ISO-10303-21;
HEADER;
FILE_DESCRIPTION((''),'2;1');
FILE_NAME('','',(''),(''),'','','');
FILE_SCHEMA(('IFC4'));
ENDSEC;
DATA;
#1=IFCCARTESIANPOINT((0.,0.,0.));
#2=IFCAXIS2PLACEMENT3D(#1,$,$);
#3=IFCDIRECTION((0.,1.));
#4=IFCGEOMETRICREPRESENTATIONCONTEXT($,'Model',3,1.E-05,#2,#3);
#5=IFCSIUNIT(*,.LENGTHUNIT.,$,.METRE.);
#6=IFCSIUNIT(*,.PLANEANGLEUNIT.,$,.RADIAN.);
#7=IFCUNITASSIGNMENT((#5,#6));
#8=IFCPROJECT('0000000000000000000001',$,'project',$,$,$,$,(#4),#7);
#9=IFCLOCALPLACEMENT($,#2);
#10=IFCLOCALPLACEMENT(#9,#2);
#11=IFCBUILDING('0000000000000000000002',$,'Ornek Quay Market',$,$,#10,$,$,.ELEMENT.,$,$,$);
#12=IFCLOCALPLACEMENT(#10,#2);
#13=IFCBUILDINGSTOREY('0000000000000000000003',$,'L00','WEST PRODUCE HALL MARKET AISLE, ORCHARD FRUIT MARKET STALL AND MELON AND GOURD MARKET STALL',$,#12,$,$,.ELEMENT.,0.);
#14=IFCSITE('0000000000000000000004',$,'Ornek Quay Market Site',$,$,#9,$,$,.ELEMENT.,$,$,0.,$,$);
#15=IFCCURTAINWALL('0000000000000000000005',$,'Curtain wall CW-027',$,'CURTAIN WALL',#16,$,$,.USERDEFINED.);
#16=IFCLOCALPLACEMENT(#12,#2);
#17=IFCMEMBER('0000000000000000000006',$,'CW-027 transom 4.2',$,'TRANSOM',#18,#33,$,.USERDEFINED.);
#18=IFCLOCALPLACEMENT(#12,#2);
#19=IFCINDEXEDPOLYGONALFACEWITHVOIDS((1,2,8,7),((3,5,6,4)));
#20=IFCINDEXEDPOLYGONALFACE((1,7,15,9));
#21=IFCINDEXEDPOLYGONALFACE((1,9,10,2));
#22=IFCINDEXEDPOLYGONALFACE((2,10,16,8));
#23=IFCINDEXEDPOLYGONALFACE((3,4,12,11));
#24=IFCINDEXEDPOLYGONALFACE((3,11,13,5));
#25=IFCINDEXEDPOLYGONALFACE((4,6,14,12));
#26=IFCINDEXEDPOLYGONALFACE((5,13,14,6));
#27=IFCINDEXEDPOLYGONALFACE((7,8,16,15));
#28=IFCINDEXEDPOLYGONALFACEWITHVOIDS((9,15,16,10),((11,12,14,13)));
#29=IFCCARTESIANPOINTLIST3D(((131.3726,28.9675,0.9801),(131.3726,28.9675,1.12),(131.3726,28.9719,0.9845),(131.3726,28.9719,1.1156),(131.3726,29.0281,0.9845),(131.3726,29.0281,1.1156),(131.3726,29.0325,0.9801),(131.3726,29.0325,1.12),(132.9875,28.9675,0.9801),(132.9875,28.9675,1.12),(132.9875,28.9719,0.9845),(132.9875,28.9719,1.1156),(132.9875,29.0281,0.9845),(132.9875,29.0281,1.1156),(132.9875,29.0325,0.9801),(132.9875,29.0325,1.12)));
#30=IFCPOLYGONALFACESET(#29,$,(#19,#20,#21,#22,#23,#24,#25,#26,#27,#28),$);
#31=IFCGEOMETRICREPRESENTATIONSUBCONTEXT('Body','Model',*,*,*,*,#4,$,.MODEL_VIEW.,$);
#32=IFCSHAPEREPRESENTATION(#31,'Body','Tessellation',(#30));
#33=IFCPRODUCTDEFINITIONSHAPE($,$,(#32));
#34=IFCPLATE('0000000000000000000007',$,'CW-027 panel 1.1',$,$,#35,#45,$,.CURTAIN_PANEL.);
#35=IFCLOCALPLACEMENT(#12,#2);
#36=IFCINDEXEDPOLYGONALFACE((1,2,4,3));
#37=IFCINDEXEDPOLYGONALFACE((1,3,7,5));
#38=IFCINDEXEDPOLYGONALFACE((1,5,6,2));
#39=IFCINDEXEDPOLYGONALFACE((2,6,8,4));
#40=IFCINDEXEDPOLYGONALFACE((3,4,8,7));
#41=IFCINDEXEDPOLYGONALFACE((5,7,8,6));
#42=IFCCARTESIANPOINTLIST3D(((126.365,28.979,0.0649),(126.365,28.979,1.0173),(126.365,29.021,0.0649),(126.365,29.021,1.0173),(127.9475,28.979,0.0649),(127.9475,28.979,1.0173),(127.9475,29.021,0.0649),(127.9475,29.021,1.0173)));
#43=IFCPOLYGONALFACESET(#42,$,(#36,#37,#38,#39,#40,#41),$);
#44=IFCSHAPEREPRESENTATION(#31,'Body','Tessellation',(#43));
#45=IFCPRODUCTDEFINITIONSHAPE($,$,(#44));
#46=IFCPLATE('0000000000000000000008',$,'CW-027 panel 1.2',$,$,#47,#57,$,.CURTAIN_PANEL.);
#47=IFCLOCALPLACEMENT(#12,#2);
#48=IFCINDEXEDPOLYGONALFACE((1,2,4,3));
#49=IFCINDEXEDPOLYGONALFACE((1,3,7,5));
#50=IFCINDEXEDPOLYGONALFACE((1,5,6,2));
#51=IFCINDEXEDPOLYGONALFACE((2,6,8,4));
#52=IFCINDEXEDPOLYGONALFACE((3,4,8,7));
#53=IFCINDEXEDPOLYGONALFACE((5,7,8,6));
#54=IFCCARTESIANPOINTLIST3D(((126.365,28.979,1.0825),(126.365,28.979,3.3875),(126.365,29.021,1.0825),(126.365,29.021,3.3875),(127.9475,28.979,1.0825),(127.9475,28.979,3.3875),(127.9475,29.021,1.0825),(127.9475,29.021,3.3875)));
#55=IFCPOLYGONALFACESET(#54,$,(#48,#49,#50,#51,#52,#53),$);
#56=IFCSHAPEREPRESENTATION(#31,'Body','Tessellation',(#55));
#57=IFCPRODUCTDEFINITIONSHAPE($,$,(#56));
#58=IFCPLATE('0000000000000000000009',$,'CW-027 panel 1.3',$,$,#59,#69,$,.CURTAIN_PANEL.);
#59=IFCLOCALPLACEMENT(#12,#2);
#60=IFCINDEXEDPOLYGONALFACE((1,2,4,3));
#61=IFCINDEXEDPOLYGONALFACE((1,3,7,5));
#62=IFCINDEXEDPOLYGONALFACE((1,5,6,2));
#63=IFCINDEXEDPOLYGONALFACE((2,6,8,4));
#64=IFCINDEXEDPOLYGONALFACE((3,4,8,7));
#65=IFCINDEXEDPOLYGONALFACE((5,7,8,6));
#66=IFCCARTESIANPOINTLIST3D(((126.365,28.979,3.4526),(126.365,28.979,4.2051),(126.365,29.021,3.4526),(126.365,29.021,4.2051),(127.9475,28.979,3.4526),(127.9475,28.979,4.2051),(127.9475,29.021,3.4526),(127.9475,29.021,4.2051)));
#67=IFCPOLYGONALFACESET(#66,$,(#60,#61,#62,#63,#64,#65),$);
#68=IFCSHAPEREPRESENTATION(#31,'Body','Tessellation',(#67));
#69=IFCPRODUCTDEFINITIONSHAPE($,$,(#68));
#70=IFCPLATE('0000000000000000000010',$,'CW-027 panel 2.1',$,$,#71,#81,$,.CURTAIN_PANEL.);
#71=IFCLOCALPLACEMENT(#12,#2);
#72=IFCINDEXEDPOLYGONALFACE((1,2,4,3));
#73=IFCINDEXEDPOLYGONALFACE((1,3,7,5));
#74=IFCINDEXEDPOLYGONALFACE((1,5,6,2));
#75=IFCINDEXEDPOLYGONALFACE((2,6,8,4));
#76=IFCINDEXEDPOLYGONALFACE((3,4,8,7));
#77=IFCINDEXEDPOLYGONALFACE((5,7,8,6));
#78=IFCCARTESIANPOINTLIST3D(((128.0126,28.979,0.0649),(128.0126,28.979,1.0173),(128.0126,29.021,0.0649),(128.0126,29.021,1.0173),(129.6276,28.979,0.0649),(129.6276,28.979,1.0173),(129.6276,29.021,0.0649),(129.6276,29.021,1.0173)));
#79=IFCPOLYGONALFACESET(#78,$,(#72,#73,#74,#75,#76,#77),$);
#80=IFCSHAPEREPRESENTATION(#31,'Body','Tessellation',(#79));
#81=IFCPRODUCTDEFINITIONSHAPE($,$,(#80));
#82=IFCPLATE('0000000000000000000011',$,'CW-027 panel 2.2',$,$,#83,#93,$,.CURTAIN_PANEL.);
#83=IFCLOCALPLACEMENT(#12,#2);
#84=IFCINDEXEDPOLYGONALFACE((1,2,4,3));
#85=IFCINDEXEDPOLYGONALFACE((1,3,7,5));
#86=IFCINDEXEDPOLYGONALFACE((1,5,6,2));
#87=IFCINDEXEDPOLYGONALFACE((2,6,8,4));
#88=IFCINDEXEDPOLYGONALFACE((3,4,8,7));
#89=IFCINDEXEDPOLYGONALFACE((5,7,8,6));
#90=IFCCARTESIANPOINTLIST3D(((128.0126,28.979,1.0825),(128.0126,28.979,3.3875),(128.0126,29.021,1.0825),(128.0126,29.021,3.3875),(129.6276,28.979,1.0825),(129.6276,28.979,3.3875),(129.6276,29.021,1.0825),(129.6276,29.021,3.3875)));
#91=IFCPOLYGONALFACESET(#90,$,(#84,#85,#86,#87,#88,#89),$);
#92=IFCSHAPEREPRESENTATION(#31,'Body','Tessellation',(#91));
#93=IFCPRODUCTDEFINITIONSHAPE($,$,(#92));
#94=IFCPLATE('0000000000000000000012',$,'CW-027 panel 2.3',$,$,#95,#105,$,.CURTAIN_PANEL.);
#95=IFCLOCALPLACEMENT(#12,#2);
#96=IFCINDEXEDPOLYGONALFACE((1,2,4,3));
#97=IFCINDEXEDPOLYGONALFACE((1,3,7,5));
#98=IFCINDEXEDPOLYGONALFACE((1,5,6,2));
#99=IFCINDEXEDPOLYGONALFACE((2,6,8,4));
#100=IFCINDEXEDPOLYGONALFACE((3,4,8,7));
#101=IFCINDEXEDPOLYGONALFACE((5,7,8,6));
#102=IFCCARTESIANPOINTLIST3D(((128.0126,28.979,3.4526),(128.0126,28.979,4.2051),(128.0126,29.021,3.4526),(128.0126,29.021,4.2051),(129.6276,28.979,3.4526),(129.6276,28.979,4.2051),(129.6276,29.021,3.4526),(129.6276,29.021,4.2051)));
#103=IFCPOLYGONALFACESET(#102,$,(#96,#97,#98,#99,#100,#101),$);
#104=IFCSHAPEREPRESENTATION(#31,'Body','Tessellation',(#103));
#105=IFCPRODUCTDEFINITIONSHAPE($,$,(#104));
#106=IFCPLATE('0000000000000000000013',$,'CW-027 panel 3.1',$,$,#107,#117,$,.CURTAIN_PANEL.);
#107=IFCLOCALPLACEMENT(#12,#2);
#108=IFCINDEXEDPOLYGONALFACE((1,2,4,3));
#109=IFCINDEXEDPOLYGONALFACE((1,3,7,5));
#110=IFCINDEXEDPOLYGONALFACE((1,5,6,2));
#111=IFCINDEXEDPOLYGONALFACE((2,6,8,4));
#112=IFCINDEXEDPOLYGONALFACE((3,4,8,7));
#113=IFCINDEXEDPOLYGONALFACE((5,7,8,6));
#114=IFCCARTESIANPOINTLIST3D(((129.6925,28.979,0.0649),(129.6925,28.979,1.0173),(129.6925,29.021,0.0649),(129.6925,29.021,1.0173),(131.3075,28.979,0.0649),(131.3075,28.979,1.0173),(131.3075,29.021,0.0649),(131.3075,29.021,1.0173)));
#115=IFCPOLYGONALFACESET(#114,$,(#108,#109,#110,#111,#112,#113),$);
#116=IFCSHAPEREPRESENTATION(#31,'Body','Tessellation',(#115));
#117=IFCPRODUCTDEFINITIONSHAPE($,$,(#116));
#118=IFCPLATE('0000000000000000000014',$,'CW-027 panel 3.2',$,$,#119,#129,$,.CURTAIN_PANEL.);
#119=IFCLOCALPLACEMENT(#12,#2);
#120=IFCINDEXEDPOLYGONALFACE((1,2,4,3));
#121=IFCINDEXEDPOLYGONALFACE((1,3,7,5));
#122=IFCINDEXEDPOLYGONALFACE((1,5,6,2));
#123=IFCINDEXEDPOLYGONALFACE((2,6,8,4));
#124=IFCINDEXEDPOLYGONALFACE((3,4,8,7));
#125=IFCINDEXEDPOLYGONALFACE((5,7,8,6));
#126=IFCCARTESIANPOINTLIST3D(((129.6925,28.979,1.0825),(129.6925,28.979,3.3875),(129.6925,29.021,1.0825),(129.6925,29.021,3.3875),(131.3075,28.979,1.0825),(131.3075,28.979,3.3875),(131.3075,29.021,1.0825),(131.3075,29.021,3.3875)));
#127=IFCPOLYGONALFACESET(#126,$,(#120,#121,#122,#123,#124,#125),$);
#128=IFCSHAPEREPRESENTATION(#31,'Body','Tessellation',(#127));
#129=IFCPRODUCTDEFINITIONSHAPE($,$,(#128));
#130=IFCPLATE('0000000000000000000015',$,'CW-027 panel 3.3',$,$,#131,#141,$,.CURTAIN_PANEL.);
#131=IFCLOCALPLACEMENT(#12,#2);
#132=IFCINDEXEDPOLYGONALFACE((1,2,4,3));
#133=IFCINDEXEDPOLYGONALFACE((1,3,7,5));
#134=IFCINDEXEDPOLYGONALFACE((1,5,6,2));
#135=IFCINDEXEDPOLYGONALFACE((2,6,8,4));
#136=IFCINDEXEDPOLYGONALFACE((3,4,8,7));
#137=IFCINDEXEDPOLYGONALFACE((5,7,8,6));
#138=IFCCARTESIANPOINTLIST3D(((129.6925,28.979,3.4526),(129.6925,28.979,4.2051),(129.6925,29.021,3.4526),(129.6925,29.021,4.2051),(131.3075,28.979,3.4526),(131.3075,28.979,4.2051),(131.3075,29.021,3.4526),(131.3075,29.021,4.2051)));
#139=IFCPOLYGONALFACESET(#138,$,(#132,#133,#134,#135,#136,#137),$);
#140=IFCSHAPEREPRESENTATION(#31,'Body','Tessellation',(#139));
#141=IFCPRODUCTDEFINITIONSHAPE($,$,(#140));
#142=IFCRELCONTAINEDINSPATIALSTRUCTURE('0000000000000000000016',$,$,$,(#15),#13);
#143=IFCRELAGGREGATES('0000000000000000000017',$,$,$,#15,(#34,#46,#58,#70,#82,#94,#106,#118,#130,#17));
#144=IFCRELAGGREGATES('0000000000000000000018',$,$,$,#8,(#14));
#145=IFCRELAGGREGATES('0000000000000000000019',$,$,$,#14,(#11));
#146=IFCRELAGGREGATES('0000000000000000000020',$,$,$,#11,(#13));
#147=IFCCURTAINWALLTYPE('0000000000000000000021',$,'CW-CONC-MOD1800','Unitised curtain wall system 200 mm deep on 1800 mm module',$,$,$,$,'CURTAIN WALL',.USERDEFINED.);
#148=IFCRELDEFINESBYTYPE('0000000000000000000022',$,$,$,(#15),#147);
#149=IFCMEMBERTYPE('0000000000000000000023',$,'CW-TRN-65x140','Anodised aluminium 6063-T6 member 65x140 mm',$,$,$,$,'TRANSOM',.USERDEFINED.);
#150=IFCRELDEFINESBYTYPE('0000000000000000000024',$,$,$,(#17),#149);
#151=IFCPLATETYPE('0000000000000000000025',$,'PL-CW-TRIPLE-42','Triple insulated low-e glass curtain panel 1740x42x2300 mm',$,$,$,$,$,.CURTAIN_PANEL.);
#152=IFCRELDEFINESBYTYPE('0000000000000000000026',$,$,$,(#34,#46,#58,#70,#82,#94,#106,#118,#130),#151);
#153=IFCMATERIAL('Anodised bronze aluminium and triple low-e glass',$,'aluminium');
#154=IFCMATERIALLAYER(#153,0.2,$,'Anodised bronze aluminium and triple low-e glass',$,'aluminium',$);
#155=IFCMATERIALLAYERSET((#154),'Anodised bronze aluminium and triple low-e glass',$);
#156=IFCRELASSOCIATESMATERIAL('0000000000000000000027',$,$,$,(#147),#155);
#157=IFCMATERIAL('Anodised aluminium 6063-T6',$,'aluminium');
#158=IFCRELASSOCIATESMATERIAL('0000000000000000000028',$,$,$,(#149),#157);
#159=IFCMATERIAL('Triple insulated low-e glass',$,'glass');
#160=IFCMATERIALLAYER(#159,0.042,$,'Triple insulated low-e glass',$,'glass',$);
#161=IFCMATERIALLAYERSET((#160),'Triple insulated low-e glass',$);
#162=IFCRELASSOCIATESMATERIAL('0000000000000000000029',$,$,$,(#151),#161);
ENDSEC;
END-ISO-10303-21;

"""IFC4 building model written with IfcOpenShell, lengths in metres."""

from ifc_helpers import new_model, si_unit, direction, frame, origin, origin_2d, place, context, subcontext, project, spatial, rectangle, hollow_rectangle, extrude, material, layer, layer_set, material_profile, profile_set, type_object, element, aggregate, save


model = new_model("IFC4")

# Units and contexts
model_context = context("Model", 3, precision=1e-05, world=origin(), true_north=direction((0.0, 1.0)))
body_context = subcontext(model_context, "Body", "Model", "MODEL_VIEW")
ifc_project = project(units=[si_unit("LENGTHUNIT", "METRE"), si_unit("PLANEANGLEUNIT", "RADIAN")], contexts=[model_context])

# Site, building, storey
site_placement = place(None, origin())
site = spatial("IfcSite", under=ifc_project, at=site_placement, Name="Ornek Quay Market Site", CompositionType="ELEMENT", RefElevation=0.0)
building_placement = place(site_placement, origin())
building = spatial("IfcBuilding", under=site, at=building_placement, Name="Ornek Quay Market", CompositionType="ELEMENT")
storey_placement = place(building_placement, origin())
storey = spatial("IfcBuildingStorey", under=building, at=storey_placement, Name="L00", Description="WEST PRODUCE HALL MARKET AISLE, ORCHARD FRUIT MARKET STALL AND MELON AND GOURD MARKET STALL", CompositionType="ELEMENT", Elevation=0.0)

# Curtain wall, member, plates
ifc_material_1 = material(Name="Anodised bronze aluminium and triple low-e glass", Category="aluminium")
ifc_layer_1 = layer(ifc_material_1, 0.2, Name="Anodised bronze aluminium and triple low-e glass", Category="aluminium")
ifc_layer_set_1 = layer_set([ifc_layer_1], Name="Anodised bronze aluminium and triple low-e glass")
curtain_wall_type = type_object("IfcCurtainWallType", Name="CW-CONC-MOD1800", Description="Unitised curtain wall system 200 mm deep on 1800 mm module", ElementType="CURTAIN WALL", PredefinedType="USERDEFINED", material=ifc_layer_set_1)
curtain_wall_placement = place(storey_placement, origin())
curtain_wall = element("IfcCurtainWall", 1, at=curtain_wall_placement, inside=storey, type_object=curtain_wall_type, Name="Curtain wall CW-027", ObjectType="CURTAIN WALL", PredefinedType="USERDEFINED")
ifc_material_2 = material(Name="Anodised aluminium 6063-T6", Category="aluminium")
ifc_material_profile_1 = material_profile(ifc_material_2, hollow_rectangle(XDim=0.0649, YDim=0.1399, WallThickness=0.0044, at=origin_2d()), Name="CW-TRN-65x140", Category="aluminium")
ifc_profile_set_1 = profile_set([ifc_material_profile_1], Name="Anodised aluminium 6063-T6")
member_type_1 = type_object("IfcMemberType", Name="CW-TRN-65x140", Description="Anodised aluminium 6063-T6 member 65x140 mm", ElementType="TRANSOM", PredefinedType="USERDEFINED", material=ifc_profile_set_1)
member_1_placement = place(storey_placement, frame((131.3726, 29.0, 1.05), z_axis=(1.0, 0.0, 0.0), x_axis=(0.0, 1.0, 0.0)))
member_1 = element("IfcMember", 2, at=member_1_placement, type_object=member_type_1, Name="CW-027 transom 4.2", ObjectType="TRANSOM", PredefinedType="USERDEFINED", context=body_context, shape_type="SweptSolid", body=[
    extrude(hollow_rectangle(XDim=0.0649, YDim=0.1399, WallThickness=0.0044, at=origin_2d()), origin(), (0.0, 0.0, 1.0), 1.615),
])
ifc_material_3 = material(Name="Triple insulated low-e glass", Category="glass")
ifc_layer_2 = layer(ifc_material_3, 0.042, Name="Triple insulated low-e glass", Category="glass")
ifc_layer_set_2 = layer_set([ifc_layer_2], Name="Triple insulated low-e glass")
plate_type = type_object("IfcPlateType", Name="PL-CW-TRIPLE-42", Description="Triple insulated low-e glass curtain panel 1740x42x2300 mm", PredefinedType="CURTAIN_PANEL", material=ifc_layer_set_2)
plate_1_placement = place(storey_placement, frame((127.1562, 29.0, 0.0649), z_axis=(0.0, 0.0, 1.0), x_axis=(1.0, 0.0, 0.0)))
plate_1 = element("IfcPlate", 3, at=plate_1_placement, type_object=plate_type, Name="CW-027 panel 1.1", PredefinedType="CURTAIN_PANEL", context=body_context, shape_type="SweptSolid", body=[
    extrude(rectangle(XDim=1.5825, YDim=0.042, at=origin_2d()), origin(), (0.0, 0.0, 1.0), 0.9524),
])
plate_2_placement = place(storey_placement, frame((127.1562, 29.0, 1.0825), z_axis=(0.0, 0.0, 1.0), x_axis=(1.0, 0.0, 0.0)))
plate_2 = element("IfcPlate", 4, at=plate_2_placement, type_object=plate_type, Name="CW-027 panel 1.2", PredefinedType="CURTAIN_PANEL", context=body_context, shape_type="SweptSolid", body=[
    extrude(rectangle(XDim=1.5825, YDim=0.042, at=origin_2d()), origin(), (0.0, 0.0, 1.0), 2.3049),
])
plate_3_placement = place(storey_placement, frame((127.1562, 29.0, 3.4526), z_axis=(0.0, 0.0, 1.0), x_axis=(1.0, 0.0, 0.0)))
plate_3 = element("IfcPlate", 5, at=plate_3_placement, type_object=plate_type, Name="CW-027 panel 1.3", PredefinedType="CURTAIN_PANEL", context=body_context, shape_type="SweptSolid", body=[
    extrude(rectangle(XDim=1.5825, YDim=0.042, at=origin_2d()), origin(), (0.0, 0.0, 1.0), 0.7524),
])
plate_4_placement = place(storey_placement, frame((128.8201, 29.0, 0.0649), z_axis=(0.0, 0.0, 1.0), x_axis=(1.0, 0.0, 0.0)))
plate_4 = element("IfcPlate", 6, at=plate_4_placement, type_object=plate_type, Name="CW-027 panel 2.1", PredefinedType="CURTAIN_PANEL", context=body_context, shape_type="SweptSolid", body=[
    extrude(rectangle(XDim=1.615, YDim=0.042, at=origin_2d()), origin(), (0.0, 0.0, 1.0), 0.9524),
])
plate_5_placement = place(storey_placement, frame((128.8201, 29.0, 1.0825), z_axis=(0.0, 0.0, 1.0), x_axis=(1.0, 0.0, 0.0)))
plate_5 = element("IfcPlate", 7, at=plate_5_placement, type_object=plate_type, Name="CW-027 panel 2.2", PredefinedType="CURTAIN_PANEL", context=body_context, shape_type="SweptSolid", body=[
    extrude(rectangle(XDim=1.615, YDim=0.042, at=origin_2d()), origin(), (0.0, 0.0, 1.0), 2.3049),
])
plate_6_placement = place(storey_placement, frame((128.8201, 29.0, 3.4526), z_axis=(0.0, 0.0, 1.0), x_axis=(1.0, 0.0, 0.0)))
plate_6 = element("IfcPlate", 8, at=plate_6_placement, type_object=plate_type, Name="CW-027 panel 2.3", PredefinedType="CURTAIN_PANEL", context=body_context, shape_type="SweptSolid", body=[
    extrude(rectangle(XDim=1.615, YDim=0.042, at=origin_2d()), origin(), (0.0, 0.0, 1.0), 0.7524),
])
plate_7_placement = place(storey_placement, frame((130.5, 29.0, 0.0649), z_axis=(0.0, 0.0, 1.0), x_axis=(1.0, 0.0, 0.0)))
plate_7 = element("IfcPlate", 9, at=plate_7_placement, type_object=plate_type, Name="CW-027 panel 3.1", PredefinedType="CURTAIN_PANEL", context=body_context, shape_type="SweptSolid", body=[
    extrude(rectangle(XDim=1.615, YDim=0.042, at=origin_2d()), origin(), (0.0, 0.0, 1.0), 0.9524),
])
plate_8_placement = place(storey_placement, frame((130.5, 29.0, 1.0825), z_axis=(0.0, 0.0, 1.0), x_axis=(1.0, 0.0, 0.0)))
plate_8 = element("IfcPlate", 10, at=plate_8_placement, type_object=plate_type, Name="CW-027 panel 3.2", PredefinedType="CURTAIN_PANEL", context=body_context, shape_type="SweptSolid", body=[
    extrude(rectangle(XDim=1.615, YDim=0.042, at=origin_2d()), origin(), (0.0, 0.0, 1.0), 2.3049),
])
plate_9_placement = place(storey_placement, frame((130.5, 29.0, 3.4526), z_axis=(0.0, 0.0, 1.0), x_axis=(1.0, 0.0, 0.0)))
plate_9 = element("IfcPlate", 11, at=plate_9_placement, type_object=plate_type, Name="CW-027 panel 3.3", PredefinedType="CURTAIN_PANEL", context=body_context, shape_type="SweptSolid", body=[
    extrude(rectangle(XDim=1.615, YDim=0.042, at=origin_2d()), origin(), (0.0, 0.0, 1.0), 0.7524),
])
aggregate(curtain_wall, [plate_1, plate_2, plate_3, plate_4, plate_5, plate_6, plate_7, plate_8, plate_9, member_1])

save(model, "model.ifc")
